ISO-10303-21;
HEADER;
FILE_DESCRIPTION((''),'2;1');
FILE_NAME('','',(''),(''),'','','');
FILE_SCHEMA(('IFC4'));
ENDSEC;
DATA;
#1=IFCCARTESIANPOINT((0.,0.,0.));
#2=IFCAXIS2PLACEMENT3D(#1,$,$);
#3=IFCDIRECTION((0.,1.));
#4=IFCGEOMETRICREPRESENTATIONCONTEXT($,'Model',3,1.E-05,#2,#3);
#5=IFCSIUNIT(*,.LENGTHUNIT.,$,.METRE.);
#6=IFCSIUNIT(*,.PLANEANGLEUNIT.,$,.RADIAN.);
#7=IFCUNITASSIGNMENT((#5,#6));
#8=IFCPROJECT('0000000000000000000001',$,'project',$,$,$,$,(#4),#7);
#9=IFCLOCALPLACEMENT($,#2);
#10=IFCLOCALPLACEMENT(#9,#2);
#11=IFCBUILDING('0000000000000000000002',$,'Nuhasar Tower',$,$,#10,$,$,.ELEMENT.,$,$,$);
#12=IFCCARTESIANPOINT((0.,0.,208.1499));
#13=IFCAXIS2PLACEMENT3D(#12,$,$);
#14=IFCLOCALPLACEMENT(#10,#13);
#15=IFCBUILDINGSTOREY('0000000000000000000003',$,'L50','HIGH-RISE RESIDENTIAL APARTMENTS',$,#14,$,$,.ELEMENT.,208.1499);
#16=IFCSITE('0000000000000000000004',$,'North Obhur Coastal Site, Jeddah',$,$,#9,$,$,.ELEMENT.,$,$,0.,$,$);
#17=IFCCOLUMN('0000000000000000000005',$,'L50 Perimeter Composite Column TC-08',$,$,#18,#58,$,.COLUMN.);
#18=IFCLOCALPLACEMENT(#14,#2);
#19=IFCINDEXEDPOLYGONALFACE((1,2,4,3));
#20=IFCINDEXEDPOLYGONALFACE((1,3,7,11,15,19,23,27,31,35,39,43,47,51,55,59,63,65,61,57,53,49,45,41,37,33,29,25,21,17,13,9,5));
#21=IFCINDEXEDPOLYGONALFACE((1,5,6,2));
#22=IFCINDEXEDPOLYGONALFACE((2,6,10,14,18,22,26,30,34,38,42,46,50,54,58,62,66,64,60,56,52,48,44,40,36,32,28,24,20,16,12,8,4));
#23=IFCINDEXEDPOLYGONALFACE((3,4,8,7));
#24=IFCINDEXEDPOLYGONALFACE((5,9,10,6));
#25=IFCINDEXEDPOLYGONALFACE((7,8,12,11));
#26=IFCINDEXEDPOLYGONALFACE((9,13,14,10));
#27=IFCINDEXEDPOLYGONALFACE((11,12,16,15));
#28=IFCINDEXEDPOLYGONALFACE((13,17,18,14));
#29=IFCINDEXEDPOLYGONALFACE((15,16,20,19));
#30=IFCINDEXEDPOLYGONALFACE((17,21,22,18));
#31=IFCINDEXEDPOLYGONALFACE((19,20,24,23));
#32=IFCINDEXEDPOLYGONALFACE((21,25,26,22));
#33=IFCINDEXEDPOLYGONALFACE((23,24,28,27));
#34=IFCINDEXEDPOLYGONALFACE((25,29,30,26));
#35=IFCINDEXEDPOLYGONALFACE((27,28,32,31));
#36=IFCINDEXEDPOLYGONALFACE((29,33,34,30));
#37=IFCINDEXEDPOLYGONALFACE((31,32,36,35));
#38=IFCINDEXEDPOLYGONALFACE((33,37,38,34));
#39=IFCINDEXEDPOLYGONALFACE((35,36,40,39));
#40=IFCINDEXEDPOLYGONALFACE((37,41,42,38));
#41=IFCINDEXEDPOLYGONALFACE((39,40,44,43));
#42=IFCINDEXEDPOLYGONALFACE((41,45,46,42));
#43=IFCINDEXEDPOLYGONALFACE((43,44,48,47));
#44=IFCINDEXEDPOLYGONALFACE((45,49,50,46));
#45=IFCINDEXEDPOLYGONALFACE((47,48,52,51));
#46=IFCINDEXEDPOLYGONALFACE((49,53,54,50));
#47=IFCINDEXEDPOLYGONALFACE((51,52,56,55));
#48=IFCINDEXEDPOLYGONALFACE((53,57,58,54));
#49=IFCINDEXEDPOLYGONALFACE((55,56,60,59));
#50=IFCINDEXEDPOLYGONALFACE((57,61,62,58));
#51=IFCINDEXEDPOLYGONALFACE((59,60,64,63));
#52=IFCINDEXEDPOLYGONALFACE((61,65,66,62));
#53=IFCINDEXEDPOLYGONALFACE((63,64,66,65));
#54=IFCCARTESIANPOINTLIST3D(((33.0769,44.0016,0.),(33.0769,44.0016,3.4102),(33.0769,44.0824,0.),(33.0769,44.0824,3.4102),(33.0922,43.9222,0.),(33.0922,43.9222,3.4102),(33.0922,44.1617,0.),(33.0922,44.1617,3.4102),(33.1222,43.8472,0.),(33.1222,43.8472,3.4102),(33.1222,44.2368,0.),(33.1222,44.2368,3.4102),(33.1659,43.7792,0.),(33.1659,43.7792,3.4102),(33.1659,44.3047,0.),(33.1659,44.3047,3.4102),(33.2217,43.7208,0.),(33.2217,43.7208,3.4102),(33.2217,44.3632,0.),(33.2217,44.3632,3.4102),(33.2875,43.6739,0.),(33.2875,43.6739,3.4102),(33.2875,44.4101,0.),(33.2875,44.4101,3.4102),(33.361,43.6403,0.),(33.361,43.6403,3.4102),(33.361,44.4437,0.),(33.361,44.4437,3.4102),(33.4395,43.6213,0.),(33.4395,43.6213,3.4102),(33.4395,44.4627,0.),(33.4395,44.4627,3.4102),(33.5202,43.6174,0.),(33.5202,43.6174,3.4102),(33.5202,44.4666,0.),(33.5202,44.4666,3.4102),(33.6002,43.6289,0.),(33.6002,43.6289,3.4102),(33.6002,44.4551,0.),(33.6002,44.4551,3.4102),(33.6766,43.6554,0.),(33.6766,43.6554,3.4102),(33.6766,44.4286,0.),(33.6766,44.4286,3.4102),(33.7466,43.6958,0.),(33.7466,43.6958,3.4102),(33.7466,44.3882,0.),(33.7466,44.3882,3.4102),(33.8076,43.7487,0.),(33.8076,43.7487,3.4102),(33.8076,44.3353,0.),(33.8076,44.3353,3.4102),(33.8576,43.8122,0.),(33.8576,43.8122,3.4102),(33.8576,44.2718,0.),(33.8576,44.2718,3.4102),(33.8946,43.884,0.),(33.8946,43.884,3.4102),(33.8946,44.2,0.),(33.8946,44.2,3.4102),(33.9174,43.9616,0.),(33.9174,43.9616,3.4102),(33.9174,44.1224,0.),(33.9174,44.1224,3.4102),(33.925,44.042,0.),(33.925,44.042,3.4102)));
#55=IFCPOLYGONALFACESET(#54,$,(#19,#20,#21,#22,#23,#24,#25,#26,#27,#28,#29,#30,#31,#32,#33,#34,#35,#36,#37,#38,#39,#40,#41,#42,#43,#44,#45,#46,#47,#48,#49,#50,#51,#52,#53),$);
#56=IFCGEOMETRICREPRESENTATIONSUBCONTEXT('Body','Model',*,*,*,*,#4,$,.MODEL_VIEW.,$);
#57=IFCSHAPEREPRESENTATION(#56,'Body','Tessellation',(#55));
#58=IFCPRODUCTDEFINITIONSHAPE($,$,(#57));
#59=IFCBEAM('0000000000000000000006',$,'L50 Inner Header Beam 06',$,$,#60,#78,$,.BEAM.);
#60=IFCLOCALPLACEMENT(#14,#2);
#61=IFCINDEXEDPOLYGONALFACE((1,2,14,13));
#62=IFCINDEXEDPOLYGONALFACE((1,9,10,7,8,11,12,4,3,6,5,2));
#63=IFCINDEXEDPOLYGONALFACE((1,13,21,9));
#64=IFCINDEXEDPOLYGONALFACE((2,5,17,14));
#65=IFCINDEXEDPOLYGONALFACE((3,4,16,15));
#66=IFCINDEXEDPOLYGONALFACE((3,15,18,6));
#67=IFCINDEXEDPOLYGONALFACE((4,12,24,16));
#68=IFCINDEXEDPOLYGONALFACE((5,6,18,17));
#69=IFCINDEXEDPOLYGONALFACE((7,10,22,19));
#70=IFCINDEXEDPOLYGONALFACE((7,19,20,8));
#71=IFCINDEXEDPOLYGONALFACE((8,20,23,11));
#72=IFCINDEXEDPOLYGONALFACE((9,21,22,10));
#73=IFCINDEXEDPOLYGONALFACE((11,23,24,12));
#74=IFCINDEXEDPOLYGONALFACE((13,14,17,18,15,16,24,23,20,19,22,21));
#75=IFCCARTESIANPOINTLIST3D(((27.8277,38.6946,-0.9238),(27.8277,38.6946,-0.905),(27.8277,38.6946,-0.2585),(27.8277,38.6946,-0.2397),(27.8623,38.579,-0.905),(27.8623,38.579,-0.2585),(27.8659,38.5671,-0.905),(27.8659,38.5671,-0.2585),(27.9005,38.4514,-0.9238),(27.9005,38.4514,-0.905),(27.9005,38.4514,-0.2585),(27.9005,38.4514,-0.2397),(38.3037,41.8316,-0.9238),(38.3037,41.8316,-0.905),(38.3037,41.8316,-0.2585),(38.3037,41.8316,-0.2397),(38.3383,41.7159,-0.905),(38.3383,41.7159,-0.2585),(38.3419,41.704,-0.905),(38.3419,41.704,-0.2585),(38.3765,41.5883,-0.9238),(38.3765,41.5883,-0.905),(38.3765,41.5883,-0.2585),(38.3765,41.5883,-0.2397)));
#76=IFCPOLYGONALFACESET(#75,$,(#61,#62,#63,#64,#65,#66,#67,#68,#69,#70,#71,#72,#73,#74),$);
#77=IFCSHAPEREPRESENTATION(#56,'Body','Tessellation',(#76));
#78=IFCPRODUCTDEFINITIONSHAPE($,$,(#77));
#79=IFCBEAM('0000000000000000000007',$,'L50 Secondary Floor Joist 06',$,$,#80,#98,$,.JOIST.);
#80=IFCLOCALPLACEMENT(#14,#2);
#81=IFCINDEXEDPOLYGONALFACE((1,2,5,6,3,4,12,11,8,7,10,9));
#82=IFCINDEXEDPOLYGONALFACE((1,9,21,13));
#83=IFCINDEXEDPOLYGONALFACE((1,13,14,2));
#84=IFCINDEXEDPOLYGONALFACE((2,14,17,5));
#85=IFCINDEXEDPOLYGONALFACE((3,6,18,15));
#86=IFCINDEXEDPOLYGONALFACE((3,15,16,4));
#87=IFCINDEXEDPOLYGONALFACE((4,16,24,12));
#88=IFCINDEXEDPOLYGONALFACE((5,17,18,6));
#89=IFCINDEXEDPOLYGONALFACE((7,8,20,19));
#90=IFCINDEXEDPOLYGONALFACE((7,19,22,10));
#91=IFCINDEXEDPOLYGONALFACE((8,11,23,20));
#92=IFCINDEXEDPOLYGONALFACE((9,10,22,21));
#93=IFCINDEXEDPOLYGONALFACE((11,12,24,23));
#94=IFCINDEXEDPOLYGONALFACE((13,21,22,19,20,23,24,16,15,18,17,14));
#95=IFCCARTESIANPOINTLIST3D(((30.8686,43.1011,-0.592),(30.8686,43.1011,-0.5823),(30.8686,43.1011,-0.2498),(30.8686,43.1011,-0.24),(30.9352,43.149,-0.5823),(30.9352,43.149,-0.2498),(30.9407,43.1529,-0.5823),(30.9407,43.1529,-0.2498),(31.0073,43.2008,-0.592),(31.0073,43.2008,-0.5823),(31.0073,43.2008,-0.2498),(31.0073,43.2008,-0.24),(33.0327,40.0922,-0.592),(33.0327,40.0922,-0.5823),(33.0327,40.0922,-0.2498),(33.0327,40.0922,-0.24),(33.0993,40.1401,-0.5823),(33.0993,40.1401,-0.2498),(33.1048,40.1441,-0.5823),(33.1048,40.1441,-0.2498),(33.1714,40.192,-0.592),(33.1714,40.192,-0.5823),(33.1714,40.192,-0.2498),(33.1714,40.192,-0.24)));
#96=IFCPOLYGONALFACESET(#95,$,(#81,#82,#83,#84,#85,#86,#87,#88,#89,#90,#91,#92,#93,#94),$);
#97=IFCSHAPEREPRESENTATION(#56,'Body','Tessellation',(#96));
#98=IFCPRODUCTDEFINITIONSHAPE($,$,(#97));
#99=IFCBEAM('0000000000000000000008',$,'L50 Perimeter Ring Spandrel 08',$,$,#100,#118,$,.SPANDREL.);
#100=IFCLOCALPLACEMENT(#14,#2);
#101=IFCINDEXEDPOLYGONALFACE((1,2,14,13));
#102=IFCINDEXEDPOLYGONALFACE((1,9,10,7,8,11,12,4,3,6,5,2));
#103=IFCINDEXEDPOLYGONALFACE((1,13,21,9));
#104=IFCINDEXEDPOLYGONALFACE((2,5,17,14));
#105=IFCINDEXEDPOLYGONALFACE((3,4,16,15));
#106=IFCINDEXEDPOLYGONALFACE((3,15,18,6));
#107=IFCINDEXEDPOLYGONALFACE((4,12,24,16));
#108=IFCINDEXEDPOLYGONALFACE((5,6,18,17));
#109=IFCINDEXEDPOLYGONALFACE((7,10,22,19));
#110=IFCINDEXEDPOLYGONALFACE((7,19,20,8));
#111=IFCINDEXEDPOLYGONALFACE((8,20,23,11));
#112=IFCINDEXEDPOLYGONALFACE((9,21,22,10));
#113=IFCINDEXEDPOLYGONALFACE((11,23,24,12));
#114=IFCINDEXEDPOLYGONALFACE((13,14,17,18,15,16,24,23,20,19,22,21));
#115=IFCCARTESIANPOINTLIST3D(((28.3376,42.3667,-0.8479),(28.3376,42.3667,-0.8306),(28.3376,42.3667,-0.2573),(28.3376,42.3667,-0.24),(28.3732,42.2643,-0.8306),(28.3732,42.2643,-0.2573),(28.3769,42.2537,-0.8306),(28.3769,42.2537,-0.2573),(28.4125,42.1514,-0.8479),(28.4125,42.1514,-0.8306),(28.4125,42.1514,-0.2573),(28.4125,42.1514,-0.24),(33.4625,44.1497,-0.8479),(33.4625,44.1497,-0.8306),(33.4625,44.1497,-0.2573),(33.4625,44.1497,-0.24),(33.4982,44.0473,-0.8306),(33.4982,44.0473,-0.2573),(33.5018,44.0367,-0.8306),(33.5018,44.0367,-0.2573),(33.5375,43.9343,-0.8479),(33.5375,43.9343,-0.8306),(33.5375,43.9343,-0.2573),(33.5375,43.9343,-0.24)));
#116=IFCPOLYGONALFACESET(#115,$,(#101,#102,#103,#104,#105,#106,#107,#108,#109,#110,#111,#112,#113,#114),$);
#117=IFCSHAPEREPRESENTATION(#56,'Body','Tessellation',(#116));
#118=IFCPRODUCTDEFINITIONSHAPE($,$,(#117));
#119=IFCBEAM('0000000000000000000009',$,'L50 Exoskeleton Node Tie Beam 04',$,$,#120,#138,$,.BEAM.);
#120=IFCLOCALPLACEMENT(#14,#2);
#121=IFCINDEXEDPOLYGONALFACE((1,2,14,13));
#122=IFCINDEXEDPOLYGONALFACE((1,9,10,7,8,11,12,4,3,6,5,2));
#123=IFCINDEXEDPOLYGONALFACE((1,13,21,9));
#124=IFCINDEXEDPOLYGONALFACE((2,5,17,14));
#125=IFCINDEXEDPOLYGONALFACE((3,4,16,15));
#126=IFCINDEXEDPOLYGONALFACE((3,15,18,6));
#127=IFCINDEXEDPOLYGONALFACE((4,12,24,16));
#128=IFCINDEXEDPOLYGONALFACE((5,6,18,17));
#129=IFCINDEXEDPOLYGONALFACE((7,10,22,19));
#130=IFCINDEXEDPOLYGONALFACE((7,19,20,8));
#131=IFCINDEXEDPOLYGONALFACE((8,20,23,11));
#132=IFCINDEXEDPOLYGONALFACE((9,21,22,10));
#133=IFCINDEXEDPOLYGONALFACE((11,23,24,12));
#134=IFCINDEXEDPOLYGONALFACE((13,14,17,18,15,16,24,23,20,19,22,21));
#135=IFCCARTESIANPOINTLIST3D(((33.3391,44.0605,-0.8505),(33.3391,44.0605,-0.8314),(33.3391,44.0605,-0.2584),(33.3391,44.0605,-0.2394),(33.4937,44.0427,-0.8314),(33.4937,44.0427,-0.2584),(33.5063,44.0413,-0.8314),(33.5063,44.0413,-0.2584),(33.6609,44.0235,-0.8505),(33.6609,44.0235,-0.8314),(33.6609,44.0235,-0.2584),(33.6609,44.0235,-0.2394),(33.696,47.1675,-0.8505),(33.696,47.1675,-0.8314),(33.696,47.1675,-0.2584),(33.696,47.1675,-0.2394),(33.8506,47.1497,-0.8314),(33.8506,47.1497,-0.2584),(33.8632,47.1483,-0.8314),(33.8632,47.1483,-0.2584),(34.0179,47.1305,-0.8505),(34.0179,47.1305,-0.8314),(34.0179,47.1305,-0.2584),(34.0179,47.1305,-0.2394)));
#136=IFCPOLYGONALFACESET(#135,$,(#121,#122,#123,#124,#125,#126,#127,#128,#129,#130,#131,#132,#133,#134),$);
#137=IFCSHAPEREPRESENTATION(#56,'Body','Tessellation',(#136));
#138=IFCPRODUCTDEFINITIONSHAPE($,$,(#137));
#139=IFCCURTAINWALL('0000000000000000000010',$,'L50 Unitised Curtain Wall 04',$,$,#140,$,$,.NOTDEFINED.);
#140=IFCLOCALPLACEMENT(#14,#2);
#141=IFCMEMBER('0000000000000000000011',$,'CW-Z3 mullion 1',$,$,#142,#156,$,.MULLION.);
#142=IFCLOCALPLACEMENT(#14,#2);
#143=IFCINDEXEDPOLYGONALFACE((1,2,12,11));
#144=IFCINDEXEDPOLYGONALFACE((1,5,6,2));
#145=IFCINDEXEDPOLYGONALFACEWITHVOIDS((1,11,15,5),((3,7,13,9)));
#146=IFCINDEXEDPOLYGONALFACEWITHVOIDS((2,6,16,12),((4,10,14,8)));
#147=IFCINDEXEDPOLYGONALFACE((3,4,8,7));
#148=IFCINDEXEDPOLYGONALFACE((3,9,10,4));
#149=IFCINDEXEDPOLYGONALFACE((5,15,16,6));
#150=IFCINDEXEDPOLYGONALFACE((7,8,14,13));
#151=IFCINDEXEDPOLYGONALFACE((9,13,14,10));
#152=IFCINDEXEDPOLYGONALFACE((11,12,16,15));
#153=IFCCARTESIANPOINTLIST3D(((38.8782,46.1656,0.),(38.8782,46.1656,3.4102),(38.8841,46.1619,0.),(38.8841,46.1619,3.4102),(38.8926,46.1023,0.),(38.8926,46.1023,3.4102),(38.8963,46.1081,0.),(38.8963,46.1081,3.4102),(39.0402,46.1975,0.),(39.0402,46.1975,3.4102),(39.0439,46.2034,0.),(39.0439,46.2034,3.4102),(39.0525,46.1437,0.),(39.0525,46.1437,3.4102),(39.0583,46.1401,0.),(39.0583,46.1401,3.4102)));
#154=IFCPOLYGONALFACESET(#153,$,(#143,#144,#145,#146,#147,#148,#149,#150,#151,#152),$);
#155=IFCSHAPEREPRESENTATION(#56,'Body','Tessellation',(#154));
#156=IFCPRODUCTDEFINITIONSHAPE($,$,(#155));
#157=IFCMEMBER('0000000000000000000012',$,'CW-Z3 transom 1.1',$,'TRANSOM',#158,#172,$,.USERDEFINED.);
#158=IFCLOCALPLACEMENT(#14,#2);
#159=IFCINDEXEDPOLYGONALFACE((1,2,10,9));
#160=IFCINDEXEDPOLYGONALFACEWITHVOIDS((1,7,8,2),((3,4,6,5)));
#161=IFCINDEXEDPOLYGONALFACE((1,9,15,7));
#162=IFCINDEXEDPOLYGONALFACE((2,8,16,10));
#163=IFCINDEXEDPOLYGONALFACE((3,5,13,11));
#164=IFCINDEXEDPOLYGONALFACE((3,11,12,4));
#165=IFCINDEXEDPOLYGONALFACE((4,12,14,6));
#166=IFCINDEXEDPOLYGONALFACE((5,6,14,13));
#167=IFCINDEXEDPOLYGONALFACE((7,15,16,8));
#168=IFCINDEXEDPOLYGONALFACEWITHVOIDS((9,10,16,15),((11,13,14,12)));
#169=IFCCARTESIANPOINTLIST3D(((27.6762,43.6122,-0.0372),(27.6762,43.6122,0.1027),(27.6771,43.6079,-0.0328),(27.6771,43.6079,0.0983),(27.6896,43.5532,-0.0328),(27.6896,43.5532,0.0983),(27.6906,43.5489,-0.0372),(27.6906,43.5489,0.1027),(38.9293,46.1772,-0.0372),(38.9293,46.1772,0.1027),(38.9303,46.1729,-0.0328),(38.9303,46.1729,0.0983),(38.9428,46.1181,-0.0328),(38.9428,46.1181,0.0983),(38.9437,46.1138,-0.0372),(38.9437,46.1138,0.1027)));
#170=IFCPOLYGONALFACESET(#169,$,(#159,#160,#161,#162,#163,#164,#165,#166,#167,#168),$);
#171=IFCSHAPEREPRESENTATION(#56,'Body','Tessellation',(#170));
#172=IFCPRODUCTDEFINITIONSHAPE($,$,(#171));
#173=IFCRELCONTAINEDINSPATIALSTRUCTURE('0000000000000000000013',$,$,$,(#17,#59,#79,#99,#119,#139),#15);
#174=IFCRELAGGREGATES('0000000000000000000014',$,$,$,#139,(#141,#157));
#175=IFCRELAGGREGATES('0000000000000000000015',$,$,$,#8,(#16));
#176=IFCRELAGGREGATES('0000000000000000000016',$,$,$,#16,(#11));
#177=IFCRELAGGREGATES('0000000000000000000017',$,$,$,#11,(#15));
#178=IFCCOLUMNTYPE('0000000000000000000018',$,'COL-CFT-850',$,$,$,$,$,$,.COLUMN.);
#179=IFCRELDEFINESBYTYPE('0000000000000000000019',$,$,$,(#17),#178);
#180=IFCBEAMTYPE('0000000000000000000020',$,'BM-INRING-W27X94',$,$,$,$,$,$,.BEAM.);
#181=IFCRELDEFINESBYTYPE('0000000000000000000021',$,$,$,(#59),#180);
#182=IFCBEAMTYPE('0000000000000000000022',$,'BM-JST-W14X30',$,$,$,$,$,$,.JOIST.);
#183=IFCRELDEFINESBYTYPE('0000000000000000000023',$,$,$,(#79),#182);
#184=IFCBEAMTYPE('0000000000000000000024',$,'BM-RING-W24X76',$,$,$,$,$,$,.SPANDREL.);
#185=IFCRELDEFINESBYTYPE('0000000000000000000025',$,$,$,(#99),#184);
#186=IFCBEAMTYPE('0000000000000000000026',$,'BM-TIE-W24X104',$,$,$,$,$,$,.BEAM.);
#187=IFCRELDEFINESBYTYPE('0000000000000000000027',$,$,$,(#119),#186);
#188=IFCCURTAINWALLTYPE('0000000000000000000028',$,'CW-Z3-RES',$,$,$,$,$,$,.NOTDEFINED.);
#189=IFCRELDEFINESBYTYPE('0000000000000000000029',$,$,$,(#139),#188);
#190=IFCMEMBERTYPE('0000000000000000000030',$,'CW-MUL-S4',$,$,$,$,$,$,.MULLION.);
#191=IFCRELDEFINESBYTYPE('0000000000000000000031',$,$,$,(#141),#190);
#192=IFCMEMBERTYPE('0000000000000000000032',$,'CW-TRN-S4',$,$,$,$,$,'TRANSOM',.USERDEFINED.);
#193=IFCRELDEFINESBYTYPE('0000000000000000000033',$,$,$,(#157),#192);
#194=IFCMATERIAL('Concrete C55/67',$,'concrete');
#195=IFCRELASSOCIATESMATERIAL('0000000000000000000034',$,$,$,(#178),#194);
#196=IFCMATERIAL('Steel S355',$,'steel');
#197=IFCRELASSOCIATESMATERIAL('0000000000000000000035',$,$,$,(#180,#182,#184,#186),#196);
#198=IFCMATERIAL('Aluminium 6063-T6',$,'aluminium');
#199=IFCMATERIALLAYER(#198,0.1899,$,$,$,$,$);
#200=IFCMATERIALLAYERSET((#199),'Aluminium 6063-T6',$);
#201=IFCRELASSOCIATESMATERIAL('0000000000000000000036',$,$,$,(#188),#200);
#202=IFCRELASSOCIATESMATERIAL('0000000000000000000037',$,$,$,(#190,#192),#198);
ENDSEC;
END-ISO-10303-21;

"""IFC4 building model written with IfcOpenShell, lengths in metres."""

from ifc_helpers import new_model, si_unit, direction, frame, origin, origin_2d, place, context, subcontext, project, spatial, hollow_rectangle, circle, i_section, extrude, material, layer, layer_set, material_profile, profile_set, type_object, element, aggregate, save


model = new_model("IFC4")

# Units and contexts
model_context = context("Model", 3, precision=1e-05, world=origin(), true_north=direction((0.0, 1.0)))
body_context = subcontext(model_context, "Body", "Model", "MODEL_VIEW")
ifc_project = project(units=[si_unit("LENGTHUNIT", "METRE"), si_unit("PLANEANGLEUNIT", "RADIAN")], contexts=[model_context])

# Site, building, storey
site_placement = place(None, origin())
site = spatial("IfcSite", under=ifc_project, at=site_placement, Name="North Obhur Coastal Site, Jeddah", CompositionType="ELEMENT", RefElevation=0.0)
building_placement = place(site_placement, origin())
building = spatial("IfcBuilding", under=site, at=building_placement, Name="Nuhasar Tower", CompositionType="ELEMENT")
storey_placement = place(building_placement, frame((0.0, 0.0, 208.1499)))
storey = spatial("IfcBuildingStorey", under=building, at=storey_placement, Name="L50", Description="HIGH-RISE RESIDENTIAL APARTMENTS", CompositionType="ELEMENT", Elevation=208.1499)

# Column
ifc_material_1 = material(Name="Concrete C55/67", Category="concrete")
ifc_material_profile_1 = material_profile(ifc_material_1, circle(Radius=0.425, at=origin_2d()), Name="CFT850")
ifc_profile_set_1 = profile_set([ifc_material_profile_1], Name="Concrete C55/67")
column_type = type_object("IfcColumnType", Name="COL-CFT-850", PredefinedType="COLUMN", material=ifc_profile_set_1)
column_placement = place(storey_placement, frame((33.5, 44.042, 0.0), z_axis=(0.0, 0.0, 1.0), x_axis=(1.0, 0.0, 0.0)))
element("IfcColumn", 1, at=column_placement, inside=storey, type_object=column_type, Name="L50 Perimeter Composite Column TC-08", PredefinedType="COLUMN", context=body_context, shape_type="SweptSolid", body=[
    extrude(circle(Radius=0.425, at=origin_2d()), origin(), (0.0, 0.0, 1.0), 3.4102),
])

# Beams
ifc_material_2 = material(Name="Steel S355", Category="steel")
ifc_material_profile_2 = material_profile(ifc_material_2, i_section(OverallWidth=0.2539, OverallDepth=0.6841, WebThickness=0.0125, FlangeThickness=0.0188, at=origin_2d()), Name="W27X94")
ifc_profile_set_2 = profile_set([ifc_material_profile_2], Name="Steel S355")
beam_type_1 = type_object("IfcBeamType", Name="BM-INRING-W27X94", PredefinedType="BEAM", material=ifc_profile_set_2)
beam_1_placement = place(storey_placement, frame((38.3401, 41.71, -0.5818), z_axis=(-0.957974, -0.286856, 0.0), x_axis=(0.286856, -0.957974, 0.0)))
element("IfcBeam", 2, at=beam_1_placement, inside=storey, type_object=beam_type_1, Name="L50 Inner Header Beam 06", PredefinedType="BEAM", context=body_context, shape_type="SweptSolid", body=[
    extrude(i_section(OverallWidth=0.2539, OverallDepth=0.6841, WebThickness=0.0125, FlangeThickness=0.0188, at=origin_2d()), origin(), (0.0, 0.0, 1.0), 10.9355),
])
ifc_material_profile_3 = material_profile(ifc_material_2, i_section(OverallWidth=0.1709, OverallDepth=0.3521, WebThickness=0.0068, FlangeThickness=0.0098, at=origin_2d()), Name="W14X30")
ifc_profile_set_3 = profile_set([ifc_material_profile_3], Name="Steel S355")
beam_type_2 = type_object("IfcBeamType", Name="BM-JST-W14X30", PredefinedType="JOIST", material=ifc_profile_set_3)
beam_2_placement = place(storey_placement, frame((33.1021, 40.1421, -0.416), z_axis=(-0.583902, 0.811824, 0.0), x_axis=(-0.811824, -0.583902, 0.0)))
element("IfcBeam", 3, at=beam_2_placement, inside=storey, type_object=beam_type_2, Name="L50 Secondary Floor Joist 06", PredefinedType="JOIST", context=body_context, shape_type="SweptSolid", body=[
    extrude(i_section(OverallWidth=0.1709, OverallDepth=0.3521, WebThickness=0.0068, FlangeThickness=0.0098, at=origin_2d()), origin(), (0.0, 0.0, 1.0), 3.7063),
])
ifc_material_profile_4 = material_profile(ifc_material_2, i_section(OverallWidth=0.228, OverallDepth=0.6079, WebThickness=0.0112, FlangeThickness=0.0173, at=origin_2d()), Name="W24X76")
ifc_profile_set_4 = profile_set([ifc_material_profile_4], Name="Steel S355")
beam_type_3 = type_object("IfcBeamType", Name="BM-RING-W24X76", PredefinedType="SPANDREL", material=ifc_profile_set_4)
beam_3_placement = place(storey_placement, frame((33.5, 44.042, -0.5439), z_axis=(-0.944477, -0.328578, 0.0), x_axis=(0.328578, -0.944477, 0.0)))
element("IfcBeam", 4, at=beam_3_placement, inside=storey, type_object=beam_type_3, Name="L50 Perimeter Ring Spandrel 08", PredefinedType="SPANDREL", context=body_context, shape_type="SweptSolid", body=[
    extrude(i_section(OverallWidth=0.228, OverallDepth=0.6079, WebThickness=0.0112, FlangeThickness=0.0173, at=origin_2d()), origin(), (0.0, 0.0, 1.0), 5.4263),
])
ifc_material_profile_5 = material_profile(ifc_material_2, i_section(OverallWidth=0.324, OverallDepth=0.6111, WebThickness=0.0127, FlangeThickness=0.019, at=origin_2d()), Name="W24X104")
ifc_profile_set_5 = profile_set([ifc_material_profile_5], Name="Steel S355")
beam_type_4 = type_object("IfcBeamType", Name="BM-TIE-W24X104", PredefinedType="BEAM", material=ifc_profile_set_5)
beam_4_placement = place(storey_placement, frame((33.5, 44.042, -0.5449), z_axis=(0.114132, 0.993466, 0.0), x_axis=(-0.993466, 0.114132, 0.0)))
element("IfcBeam", 5, at=beam_4_placement, inside=storey, type_object=beam_type_4, Name="L50 Exoskeleton Node Tie Beam 04", PredefinedType="BEAM", context=body_context, shape_type="SweptSolid", body=[
    extrude(i_section(OverallWidth=0.324, OverallDepth=0.6111, WebThickness=0.0127, FlangeThickness=0.019, at=origin_2d()), origin(), (0.0, 0.0, 1.0), 3.1274),
])

# Curtain wall, members
ifc_material_3 = material(Name="Aluminium 6063-T6", Category="aluminium")
ifc_layer_1 = layer(ifc_material_3, 0.1899)
ifc_layer_set_1 = layer_set([ifc_layer_1], Name="Aluminium 6063-T6")
curtain_wall_type = type_object("IfcCurtainWallType", Name="CW-Z3-RES", PredefinedType="NOTDEFINED", material=ifc_layer_set_1)
curtain_wall_placement = place(storey_placement, origin())
curtain_wall = element("IfcCurtainWall", 6, at=curtain_wall_placement, inside=storey, type_object=curtain_wall_type, Name="L50 Unitised Curtain Wall 04", PredefinedType="NOTDEFINED")
ifc_material_profile_6 = material_profile(ifc_material_3, hollow_rectangle(XDim=0.0649, YDim=0.1699, WallThickness=0.0049, at=origin_2d()), Name="CWM-4")
ifc_profile_set_6 = profile_set([ifc_material_profile_6], Name="Aluminium 6063-T6")
member_type_1 = type_object("IfcMemberType", Name="CW-MUL-S4", PredefinedType="MULLION", material=ifc_profile_set_6)
member_1_placement = place(storey_placement, frame((38.9683, 46.1528, 0.0), z_axis=(0.0, 0.0, 1.0), x_axis=(0.222243, -0.974991, 0.0)))
member_1 = element("IfcMember", 7, at=member_1_placement, type_object=member_type_1, Name="CW-Z3 mullion 1", PredefinedType="MULLION", context=body_context, shape_type="SweptSolid", body=[
    extrude(hollow_rectangle(XDim=0.0649, YDim=0.1699, WallThickness=0.0049, at=origin_2d()), origin(), (0.0, 0.0, 1.0), 3.4102),
])
ifc_material_profile_7 = material_profile(ifc_material_3, hollow_rectangle(XDim=0.0649, YDim=0.1399, WallThickness=0.0044, at=origin_2d()), Name="CWT-4")
ifc_profile_set_7 = profile_set([ifc_material_profile_7], Name="Aluminium 6063-T6")
member_type_2 = type_object("IfcMemberType", Name="CW-TRN-S4", ElementType="TRANSOM", PredefinedType="USERDEFINED", material=ifc_profile_set_7)
member_2_placement = place(storey_placement, frame((38.9365, 46.1455, 0.0327), z_axis=(-0.974994, -0.222231, 0.0), x_axis=(0.222231, -0.974994, 0.0)))
member_2 = element("IfcMember", 8, at=member_2_placement, type_object=member_type_2, Name="CW-Z3 transom 1.1", ObjectType="TRANSOM", PredefinedType="USERDEFINED", context=body_context, shape_type="SweptSolid", body=[
    extrude(hollow_rectangle(XDim=0.0649, YDim=0.1399, WallThickness=0.0044, at=origin_2d()), origin(), (0.0, 0.0, 1.0), 11.5417),
])

aggregate(curtain_wall, [member_1, member_2])

save(model, "model.ifc")
